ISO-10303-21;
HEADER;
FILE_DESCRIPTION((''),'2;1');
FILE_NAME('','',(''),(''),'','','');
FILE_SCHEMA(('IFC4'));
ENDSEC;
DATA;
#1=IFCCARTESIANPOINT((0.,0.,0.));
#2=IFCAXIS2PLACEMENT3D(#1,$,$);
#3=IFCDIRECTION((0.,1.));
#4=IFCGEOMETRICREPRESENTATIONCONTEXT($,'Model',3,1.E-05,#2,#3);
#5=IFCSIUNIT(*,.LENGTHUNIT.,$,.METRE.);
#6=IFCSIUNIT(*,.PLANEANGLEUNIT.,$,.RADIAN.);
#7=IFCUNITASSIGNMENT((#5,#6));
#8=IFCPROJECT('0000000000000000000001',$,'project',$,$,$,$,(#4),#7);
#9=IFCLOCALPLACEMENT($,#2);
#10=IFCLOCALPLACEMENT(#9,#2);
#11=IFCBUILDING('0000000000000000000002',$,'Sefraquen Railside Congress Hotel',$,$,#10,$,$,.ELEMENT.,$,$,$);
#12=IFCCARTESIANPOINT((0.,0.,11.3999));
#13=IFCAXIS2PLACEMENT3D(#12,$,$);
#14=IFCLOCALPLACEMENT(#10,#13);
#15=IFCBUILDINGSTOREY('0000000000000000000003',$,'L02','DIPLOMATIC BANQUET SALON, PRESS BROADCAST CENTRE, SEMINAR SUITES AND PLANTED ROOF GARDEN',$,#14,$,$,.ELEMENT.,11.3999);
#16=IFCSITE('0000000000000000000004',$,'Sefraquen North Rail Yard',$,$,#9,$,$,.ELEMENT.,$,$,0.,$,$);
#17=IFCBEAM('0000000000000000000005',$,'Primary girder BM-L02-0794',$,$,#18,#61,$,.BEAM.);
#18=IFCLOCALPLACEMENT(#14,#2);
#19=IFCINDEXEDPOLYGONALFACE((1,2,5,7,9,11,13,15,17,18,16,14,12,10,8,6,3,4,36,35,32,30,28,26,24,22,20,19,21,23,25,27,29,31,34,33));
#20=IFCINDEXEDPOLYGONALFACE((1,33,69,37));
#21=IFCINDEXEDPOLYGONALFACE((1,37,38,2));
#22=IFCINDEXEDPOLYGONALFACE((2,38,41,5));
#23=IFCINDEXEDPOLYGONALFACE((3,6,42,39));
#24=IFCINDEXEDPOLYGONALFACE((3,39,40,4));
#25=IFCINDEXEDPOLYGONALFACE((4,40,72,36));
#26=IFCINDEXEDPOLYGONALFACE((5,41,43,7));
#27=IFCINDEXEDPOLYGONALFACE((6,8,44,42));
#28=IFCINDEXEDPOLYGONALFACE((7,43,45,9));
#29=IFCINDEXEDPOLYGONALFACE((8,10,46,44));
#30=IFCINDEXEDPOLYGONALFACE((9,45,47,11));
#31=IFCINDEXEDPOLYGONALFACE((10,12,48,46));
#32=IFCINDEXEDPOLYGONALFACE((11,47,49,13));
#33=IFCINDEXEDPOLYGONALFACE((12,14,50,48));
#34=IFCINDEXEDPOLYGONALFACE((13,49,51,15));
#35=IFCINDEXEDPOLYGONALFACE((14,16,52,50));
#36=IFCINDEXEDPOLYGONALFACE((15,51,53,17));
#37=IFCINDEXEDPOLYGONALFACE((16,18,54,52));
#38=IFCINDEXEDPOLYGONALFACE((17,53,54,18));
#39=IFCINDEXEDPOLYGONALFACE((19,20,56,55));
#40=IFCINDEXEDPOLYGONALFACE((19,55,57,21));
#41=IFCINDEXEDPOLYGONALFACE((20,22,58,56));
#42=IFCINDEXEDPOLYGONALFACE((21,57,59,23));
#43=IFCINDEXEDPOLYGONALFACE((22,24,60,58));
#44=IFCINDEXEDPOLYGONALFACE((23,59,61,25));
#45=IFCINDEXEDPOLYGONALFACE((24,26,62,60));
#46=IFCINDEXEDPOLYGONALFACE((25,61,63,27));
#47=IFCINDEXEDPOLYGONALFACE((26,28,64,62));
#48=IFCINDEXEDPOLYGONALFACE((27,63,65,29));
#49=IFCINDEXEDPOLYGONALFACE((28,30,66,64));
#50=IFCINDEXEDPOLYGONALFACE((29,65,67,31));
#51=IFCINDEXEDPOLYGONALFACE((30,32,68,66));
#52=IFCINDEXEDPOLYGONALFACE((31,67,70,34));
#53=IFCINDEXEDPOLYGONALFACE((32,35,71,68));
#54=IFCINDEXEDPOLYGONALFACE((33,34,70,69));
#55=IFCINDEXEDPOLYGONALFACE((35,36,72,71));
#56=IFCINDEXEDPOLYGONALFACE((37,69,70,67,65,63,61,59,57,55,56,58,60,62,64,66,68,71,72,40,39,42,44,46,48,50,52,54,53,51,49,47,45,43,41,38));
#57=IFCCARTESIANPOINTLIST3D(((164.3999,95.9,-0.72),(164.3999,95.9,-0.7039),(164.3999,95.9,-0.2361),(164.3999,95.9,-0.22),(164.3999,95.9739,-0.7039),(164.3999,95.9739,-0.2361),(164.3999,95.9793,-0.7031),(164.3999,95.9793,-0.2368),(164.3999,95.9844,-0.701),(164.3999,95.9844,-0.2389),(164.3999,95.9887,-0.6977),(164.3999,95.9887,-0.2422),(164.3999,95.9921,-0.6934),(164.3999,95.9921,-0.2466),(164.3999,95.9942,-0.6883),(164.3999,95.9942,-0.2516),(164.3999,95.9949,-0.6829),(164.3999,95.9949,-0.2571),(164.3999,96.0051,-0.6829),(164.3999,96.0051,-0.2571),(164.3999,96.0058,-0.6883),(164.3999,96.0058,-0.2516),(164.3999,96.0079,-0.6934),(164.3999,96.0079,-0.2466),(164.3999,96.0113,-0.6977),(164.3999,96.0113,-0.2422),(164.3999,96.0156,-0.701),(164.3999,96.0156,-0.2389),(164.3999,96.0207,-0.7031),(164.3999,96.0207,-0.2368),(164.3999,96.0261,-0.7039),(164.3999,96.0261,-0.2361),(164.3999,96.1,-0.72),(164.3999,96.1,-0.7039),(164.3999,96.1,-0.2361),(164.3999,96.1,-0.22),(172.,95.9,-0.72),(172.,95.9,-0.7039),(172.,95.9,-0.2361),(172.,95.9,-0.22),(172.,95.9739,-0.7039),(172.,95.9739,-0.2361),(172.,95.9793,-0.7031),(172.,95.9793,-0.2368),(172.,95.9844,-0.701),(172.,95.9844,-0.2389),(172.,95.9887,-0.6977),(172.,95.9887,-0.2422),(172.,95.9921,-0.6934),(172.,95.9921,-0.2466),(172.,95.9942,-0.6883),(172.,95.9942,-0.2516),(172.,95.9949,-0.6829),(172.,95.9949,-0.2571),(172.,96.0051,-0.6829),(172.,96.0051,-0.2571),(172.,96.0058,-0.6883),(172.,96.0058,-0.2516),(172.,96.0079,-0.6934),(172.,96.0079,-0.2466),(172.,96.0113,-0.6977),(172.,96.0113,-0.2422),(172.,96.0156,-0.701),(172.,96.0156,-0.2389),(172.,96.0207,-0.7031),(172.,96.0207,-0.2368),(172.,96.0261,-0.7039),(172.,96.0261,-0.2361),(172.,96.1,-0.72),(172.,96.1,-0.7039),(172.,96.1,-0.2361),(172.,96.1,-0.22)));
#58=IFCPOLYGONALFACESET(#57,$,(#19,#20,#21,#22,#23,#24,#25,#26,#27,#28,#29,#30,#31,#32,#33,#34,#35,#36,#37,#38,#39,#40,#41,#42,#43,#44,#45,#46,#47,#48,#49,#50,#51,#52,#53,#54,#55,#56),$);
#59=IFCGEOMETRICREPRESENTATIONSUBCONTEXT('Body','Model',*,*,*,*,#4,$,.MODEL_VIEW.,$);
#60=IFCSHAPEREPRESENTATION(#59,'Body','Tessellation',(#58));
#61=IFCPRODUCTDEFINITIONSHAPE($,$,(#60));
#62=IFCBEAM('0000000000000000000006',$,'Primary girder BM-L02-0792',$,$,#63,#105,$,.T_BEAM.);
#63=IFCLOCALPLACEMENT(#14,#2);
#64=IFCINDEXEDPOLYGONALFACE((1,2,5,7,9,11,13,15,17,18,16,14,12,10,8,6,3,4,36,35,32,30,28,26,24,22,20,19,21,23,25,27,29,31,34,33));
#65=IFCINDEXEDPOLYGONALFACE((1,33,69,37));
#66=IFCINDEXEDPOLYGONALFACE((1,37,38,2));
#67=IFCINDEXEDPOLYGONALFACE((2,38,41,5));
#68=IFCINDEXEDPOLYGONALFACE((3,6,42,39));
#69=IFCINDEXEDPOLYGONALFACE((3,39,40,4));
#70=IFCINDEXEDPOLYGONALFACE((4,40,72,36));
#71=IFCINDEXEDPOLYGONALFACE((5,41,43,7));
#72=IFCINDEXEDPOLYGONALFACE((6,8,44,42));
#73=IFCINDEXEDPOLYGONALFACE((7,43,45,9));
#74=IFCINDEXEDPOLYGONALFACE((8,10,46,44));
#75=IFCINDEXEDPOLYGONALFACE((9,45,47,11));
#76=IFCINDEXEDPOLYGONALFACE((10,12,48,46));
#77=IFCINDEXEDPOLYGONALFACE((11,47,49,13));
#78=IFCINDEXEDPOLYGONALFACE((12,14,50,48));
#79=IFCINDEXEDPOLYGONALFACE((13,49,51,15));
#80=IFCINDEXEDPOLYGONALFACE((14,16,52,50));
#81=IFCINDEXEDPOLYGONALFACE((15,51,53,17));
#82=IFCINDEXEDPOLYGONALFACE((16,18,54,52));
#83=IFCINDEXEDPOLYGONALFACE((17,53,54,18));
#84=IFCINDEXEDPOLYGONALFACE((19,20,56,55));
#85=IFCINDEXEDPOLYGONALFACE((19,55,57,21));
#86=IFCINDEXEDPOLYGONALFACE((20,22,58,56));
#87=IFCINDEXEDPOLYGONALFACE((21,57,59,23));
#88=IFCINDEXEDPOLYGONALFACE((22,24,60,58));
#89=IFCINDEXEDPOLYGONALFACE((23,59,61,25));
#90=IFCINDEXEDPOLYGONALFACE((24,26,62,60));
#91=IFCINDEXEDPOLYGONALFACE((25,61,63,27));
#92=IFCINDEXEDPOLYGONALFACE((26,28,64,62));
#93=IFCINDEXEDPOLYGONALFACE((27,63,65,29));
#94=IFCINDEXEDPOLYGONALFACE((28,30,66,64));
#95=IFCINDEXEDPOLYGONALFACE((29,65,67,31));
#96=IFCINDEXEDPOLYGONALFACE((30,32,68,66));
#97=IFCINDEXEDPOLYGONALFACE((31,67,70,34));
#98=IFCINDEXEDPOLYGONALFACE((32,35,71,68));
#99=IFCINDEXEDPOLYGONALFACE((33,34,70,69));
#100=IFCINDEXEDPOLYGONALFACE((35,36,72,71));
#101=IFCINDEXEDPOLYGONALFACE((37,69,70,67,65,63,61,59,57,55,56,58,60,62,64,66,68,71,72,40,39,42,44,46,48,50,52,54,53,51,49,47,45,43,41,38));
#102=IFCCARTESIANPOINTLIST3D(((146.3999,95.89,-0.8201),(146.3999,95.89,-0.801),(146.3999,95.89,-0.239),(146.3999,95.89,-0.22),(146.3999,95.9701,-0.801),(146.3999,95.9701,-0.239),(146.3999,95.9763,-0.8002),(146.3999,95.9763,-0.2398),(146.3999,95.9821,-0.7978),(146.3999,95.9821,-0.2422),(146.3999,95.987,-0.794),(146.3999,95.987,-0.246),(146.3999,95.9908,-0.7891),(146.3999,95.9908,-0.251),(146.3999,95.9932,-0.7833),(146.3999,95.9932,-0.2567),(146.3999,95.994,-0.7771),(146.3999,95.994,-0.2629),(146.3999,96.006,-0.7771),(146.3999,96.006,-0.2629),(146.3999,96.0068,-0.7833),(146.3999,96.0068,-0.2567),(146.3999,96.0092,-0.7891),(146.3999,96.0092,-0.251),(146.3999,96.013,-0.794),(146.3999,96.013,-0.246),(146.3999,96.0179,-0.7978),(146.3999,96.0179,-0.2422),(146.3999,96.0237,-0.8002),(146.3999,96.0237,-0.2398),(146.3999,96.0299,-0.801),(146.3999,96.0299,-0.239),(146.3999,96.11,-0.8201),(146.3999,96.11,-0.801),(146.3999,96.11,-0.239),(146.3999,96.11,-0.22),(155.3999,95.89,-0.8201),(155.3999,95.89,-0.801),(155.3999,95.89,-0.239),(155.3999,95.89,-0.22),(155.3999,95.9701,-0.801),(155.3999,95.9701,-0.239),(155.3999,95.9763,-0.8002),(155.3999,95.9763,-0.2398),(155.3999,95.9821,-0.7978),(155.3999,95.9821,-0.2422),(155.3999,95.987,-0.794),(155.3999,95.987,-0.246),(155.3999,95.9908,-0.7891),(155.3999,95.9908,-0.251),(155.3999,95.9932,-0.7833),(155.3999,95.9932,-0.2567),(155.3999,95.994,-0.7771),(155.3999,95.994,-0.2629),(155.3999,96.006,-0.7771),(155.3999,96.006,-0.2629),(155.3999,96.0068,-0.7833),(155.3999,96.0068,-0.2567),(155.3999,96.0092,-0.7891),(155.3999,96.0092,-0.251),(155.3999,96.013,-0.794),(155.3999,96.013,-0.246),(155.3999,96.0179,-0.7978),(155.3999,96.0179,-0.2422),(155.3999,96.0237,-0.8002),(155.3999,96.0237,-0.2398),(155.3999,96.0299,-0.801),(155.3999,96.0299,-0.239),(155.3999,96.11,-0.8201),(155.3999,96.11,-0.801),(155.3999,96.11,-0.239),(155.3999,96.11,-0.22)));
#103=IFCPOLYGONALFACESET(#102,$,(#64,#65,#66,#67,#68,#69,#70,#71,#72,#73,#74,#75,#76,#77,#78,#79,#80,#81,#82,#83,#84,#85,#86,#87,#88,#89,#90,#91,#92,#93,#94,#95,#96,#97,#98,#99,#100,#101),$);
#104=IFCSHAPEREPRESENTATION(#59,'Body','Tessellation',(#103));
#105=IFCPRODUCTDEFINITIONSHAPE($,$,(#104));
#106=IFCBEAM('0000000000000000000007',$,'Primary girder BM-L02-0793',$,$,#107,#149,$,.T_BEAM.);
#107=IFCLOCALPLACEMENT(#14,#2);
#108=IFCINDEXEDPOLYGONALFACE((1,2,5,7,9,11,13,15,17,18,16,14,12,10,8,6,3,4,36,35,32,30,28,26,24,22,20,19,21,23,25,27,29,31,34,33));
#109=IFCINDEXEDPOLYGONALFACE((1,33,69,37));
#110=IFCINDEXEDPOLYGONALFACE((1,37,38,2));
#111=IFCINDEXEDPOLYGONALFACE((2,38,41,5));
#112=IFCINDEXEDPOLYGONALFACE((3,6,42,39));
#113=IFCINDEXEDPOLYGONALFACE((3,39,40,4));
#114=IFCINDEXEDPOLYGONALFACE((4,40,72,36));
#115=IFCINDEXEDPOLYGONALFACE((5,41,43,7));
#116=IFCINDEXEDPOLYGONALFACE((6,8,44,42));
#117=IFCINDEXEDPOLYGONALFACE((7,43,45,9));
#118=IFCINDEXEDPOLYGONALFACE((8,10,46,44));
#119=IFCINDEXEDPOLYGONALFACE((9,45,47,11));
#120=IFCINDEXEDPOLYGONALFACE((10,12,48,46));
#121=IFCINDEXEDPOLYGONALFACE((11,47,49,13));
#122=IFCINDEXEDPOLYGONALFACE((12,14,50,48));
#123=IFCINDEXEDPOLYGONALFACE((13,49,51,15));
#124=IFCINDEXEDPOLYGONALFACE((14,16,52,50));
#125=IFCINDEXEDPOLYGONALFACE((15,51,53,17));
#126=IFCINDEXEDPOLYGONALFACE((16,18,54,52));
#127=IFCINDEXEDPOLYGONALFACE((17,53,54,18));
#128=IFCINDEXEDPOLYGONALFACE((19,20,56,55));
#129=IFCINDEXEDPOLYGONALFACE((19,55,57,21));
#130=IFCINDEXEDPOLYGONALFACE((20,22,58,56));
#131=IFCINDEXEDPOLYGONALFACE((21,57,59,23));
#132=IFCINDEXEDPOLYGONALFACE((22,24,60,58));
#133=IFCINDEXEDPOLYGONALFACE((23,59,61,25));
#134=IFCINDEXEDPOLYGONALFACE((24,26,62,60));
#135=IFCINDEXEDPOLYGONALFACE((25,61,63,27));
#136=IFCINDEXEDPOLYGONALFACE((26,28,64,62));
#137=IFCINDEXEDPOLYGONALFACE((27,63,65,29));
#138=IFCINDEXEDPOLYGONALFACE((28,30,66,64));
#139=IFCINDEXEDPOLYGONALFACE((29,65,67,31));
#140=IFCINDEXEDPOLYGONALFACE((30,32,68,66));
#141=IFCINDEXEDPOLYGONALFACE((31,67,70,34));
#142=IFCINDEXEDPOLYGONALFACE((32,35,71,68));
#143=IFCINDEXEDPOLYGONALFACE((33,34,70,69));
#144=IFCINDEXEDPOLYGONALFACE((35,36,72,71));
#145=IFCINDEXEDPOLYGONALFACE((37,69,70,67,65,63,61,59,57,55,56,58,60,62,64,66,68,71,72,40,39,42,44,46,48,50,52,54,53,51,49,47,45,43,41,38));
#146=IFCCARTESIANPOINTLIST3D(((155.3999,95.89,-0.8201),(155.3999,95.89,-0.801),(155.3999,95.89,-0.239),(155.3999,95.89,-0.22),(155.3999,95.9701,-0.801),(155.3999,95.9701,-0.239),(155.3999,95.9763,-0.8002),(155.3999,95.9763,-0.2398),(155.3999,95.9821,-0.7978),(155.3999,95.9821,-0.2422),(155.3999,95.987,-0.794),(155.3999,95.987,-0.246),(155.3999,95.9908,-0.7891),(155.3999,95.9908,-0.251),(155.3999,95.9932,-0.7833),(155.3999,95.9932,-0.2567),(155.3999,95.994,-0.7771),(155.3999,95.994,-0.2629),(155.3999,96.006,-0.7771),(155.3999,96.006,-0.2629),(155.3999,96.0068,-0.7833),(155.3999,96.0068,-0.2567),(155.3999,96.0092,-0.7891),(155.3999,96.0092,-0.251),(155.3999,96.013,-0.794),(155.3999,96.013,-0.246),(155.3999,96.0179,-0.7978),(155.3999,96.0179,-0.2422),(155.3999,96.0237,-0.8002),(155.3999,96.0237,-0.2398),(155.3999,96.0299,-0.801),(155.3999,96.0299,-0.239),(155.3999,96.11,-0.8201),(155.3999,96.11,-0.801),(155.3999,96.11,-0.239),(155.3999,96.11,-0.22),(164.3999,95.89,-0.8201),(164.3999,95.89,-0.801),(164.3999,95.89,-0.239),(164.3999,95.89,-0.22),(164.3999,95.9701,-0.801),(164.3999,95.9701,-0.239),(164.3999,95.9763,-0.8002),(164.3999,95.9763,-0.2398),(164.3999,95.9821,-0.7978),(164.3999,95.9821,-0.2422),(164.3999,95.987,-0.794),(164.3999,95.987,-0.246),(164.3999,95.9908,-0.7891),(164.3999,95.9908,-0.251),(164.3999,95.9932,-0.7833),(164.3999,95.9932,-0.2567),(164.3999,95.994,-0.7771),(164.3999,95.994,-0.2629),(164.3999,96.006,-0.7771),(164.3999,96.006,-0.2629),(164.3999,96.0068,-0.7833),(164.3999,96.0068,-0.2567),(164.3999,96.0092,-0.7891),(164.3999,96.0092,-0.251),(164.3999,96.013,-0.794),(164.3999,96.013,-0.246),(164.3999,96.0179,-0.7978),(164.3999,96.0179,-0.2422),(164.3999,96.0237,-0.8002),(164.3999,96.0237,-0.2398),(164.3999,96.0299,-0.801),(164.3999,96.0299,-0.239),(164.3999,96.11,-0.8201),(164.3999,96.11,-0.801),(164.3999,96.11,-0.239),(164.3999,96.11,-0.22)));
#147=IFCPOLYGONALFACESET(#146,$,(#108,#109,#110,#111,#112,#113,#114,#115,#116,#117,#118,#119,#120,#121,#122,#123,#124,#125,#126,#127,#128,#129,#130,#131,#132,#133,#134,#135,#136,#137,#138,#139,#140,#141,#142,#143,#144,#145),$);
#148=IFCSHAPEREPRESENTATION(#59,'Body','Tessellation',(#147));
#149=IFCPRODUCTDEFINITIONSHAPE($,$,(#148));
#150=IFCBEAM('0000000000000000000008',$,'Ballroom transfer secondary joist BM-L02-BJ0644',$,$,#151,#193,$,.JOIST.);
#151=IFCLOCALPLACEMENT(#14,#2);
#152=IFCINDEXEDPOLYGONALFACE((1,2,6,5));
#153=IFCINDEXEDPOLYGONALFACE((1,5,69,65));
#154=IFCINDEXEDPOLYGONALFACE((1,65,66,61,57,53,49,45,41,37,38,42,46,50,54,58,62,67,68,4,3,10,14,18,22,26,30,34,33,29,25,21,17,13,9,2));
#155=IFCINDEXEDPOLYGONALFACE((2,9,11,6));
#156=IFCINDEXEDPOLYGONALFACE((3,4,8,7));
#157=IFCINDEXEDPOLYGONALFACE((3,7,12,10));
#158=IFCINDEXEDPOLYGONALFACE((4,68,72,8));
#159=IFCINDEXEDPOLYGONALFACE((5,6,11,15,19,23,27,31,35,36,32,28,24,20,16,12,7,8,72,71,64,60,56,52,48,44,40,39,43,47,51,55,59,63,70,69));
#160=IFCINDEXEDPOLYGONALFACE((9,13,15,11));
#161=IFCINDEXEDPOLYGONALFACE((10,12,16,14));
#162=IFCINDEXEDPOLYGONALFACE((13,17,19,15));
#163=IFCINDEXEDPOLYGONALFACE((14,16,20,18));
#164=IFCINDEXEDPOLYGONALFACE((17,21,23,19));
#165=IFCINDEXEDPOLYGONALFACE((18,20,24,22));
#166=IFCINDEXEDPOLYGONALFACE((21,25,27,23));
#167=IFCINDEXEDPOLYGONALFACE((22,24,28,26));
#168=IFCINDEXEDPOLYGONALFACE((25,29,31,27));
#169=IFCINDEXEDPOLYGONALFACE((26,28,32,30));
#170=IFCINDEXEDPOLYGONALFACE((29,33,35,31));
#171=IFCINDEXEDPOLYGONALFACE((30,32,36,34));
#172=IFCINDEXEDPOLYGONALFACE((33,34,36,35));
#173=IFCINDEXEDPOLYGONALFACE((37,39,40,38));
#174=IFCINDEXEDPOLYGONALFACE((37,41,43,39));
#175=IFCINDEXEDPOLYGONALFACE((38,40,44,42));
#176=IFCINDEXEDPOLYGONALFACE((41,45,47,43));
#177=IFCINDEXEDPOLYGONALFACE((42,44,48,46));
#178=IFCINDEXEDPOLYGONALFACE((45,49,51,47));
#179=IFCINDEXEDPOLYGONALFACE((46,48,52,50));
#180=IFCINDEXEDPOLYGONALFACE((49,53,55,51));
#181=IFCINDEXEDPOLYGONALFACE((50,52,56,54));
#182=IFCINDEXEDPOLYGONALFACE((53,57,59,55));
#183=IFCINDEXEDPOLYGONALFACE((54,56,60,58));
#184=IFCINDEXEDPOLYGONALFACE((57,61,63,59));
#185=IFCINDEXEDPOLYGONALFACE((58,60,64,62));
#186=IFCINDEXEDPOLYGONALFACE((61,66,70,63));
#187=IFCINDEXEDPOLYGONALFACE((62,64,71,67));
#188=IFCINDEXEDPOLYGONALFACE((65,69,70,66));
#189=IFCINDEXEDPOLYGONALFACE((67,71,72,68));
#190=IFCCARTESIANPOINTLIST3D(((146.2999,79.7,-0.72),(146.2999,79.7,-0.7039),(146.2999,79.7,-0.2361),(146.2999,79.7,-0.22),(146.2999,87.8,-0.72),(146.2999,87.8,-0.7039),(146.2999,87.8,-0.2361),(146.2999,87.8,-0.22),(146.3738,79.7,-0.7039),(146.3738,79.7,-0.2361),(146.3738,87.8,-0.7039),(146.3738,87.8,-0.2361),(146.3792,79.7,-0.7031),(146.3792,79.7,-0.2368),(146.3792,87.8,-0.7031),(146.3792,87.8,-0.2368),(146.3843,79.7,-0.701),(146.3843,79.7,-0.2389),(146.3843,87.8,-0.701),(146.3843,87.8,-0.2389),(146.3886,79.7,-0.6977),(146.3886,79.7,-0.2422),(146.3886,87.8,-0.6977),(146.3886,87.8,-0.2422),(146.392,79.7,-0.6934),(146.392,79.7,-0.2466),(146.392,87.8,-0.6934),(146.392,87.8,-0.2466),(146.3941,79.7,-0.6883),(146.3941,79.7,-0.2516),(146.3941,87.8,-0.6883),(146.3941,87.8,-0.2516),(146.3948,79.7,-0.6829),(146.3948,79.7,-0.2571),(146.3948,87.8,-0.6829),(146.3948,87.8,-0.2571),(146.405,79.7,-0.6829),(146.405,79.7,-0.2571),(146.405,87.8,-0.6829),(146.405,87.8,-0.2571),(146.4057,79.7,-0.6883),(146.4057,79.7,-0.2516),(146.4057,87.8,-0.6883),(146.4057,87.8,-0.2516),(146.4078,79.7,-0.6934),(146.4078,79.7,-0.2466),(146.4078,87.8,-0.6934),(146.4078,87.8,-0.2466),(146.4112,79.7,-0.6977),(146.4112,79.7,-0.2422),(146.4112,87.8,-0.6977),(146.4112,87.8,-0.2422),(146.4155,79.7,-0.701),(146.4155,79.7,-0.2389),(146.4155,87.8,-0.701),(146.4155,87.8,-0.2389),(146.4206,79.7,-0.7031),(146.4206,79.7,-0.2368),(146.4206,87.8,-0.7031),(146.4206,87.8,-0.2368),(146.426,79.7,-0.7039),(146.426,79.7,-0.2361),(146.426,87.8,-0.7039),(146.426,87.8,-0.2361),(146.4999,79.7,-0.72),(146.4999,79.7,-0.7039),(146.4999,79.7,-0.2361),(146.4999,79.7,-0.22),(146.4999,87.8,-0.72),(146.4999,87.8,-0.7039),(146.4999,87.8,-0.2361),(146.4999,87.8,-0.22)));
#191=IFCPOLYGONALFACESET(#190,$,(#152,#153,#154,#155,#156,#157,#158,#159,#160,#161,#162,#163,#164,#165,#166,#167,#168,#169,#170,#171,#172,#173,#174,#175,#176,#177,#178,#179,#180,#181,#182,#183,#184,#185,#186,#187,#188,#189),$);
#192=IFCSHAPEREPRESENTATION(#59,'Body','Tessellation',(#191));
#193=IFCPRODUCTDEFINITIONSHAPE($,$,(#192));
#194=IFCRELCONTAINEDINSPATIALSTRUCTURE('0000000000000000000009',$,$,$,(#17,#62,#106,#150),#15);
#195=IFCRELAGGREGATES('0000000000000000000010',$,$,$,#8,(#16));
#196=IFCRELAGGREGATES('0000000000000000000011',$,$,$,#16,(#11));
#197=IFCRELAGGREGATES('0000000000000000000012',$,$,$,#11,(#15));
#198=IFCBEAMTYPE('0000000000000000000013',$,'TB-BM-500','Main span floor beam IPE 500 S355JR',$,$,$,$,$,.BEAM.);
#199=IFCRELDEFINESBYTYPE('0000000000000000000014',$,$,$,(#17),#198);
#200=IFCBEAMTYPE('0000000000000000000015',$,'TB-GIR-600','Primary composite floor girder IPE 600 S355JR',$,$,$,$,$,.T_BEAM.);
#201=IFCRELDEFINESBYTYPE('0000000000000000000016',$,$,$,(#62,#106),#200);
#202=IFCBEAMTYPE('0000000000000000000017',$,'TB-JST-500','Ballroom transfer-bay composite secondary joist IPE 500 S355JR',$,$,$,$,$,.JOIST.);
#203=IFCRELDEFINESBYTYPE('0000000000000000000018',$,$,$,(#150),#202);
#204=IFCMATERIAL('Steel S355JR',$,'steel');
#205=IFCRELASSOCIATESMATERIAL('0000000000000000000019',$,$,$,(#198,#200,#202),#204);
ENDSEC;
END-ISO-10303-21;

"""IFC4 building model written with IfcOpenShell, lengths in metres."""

from ifc_helpers import new_model, si_unit, direction, frame, origin, origin_2d, place, context, subcontext, project, spatial, i_section, extrude, material, material_profile, profile_set, type_object, element, save


model = new_model("IFC4")

# Units and contexts
model_context = context("Model", 3, precision=1e-05, world=origin(), true_north=direction((0.0, 1.0)))
body_context = subcontext(model_context, "Body", "Model", "MODEL_VIEW")
ifc_project = project(units=[si_unit("LENGTHUNIT", "METRE"), si_unit("PLANEANGLEUNIT", "RADIAN")], contexts=[model_context])

# Site, building, storey
site_placement = place(None, origin())
site = spatial("IfcSite", under=ifc_project, at=site_placement, Name="Sefraquen North Rail Yard", CompositionType="ELEMENT", RefElevation=0.0)
building_placement = place(site_placement, origin())
building = spatial("IfcBuilding", under=site, at=building_placement, Name="Sefraquen Railside Congress Hotel", CompositionType="ELEMENT")
storey_placement = place(building_placement, frame((0.0, 0.0, 11.3999)))
storey = spatial("IfcBuildingStorey", under=building, at=storey_placement, Name="L02", Description="DIPLOMATIC BANQUET SALON, PRESS BROADCAST CENTRE, SEMINAR SUITES AND PLANTED ROOF GARDEN", CompositionType="ELEMENT", Elevation=11.3999)

# Shared definitions
ifc_material_1 = material(Name="Steel S355JR", Category="steel")

# Beams
ifc_material_profile_1 = material_profile(ifc_material_1, i_section(OverallWidth=0.2, OverallDepth=0.5, WebThickness=0.0103, FlangeThickness=0.0161, FilletRadius=0.021, at=origin_2d()), Name="IPE 500")
ifc_profile_set_1 = profile_set([ifc_material_profile_1], Name="Steel S355JR")
beam_type_1 = type_object("IfcBeamType", Name="TB-BM-500", Description="Main span floor beam IPE 500 S355JR", PredefinedType="BEAM", material=ifc_profile_set_1)
beam_placement = place(storey_placement, frame((164.3999, 96.0, -0.47), z_axis=(1.0, 0.0, 0.0), x_axis=(0.0, 1.0, 0.0)))
element("IfcBeam", 1, at=beam_placement, inside=storey, type_object=beam_type_1, Name="Primary girder BM-L02-0794", PredefinedType="BEAM", context=body_context, shape_type="SweptSolid", body=[
    extrude(i_section(OverallWidth=0.2, OverallDepth=0.5, WebThickness=0.0103, FlangeThickness=0.0161, FilletRadius=0.021, at=origin_2d()), origin(), (0.0, 0.0, 1.0), 7.6001),
])
ifc_material_profile_2 = material_profile(ifc_material_1, i_section(OverallWidth=0.22, OverallDepth=0.6001, WebThickness=0.012, FlangeThickness=0.019, FilletRadius=0.0239, at=origin_2d()), Name="IPE 600")
ifc_profile_set_2 = profile_set([ifc_material_profile_2], Name="Steel S355JR")
beam_type_2 = type_object("IfcBeamType", Name="TB-GIR-600", Description="Primary composite floor girder IPE 600 S355JR", PredefinedType="T_BEAM", material=ifc_profile_set_2)
for number, where, z_axis, x_axis, name in (
    (2, (146.3999, 96.0, -0.52), (1.0, 0.0, 0.0), (0.0, 1.0, 0.0), "Primary girder BM-L02-0792"),
    (3, (155.3999, 96.0, -0.52), (1.0, 0.0, 0.0), (0.0, 1.0, 0.0), "Primary girder BM-L02-0793"),
):
    element("IfcBeam", number, at=place(storey_placement, frame(where, z_axis=z_axis, x_axis=x_axis)), inside=storey, type_object=beam_type_2, Name=name, PredefinedType="T_BEAM", context=body_context, shape_type="SweptSolid", body=[
        extrude(i_section(OverallWidth=0.22, OverallDepth=0.6001, WebThickness=0.012, FlangeThickness=0.019, FilletRadius=0.0239, at=origin_2d()), origin(), (0.0, 0.0, 1.0), 9.0),
    ])
ifc_material_profile_3 = material_profile(ifc_material_1, i_section(OverallWidth=0.2, OverallDepth=0.5, WebThickness=0.0103, FlangeThickness=0.0161, FilletRadius=0.021, at=origin_2d()), Name="IPE 500")
ifc_profile_set_3 = profile_set([ifc_material_profile_3], Name="Steel S355JR")
beam_type_3 = type_object("IfcBeamType", Name="TB-JST-500", Description="Ballroom transfer-bay composite secondary joist IPE 500 S355JR", PredefinedType="JOIST", material=ifc_profile_set_3)
for number, where, z_axis, x_axis, name in (
    (4, (146.3999, 79.7, -0.47), (0.0, 1.0, 0.0), (-1.0, 0.0, 0.0), "Ballroom transfer secondary joist BM-L02-BJ0644"),
):
    element("IfcBeam", number, at=place(storey_placement, frame(where, z_axis=z_axis, x_axis=x_axis)), inside=storey, type_object=beam_type_3, Name=name, PredefinedType="JOIST", context=body_context, shape_type="SweptSolid", body=[
        extrude(i_section(OverallWidth=0.2, OverallDepth=0.5, WebThickness=0.0103, FlangeThickness=0.0161, FilletRadius=0.021, at=origin_2d()), origin(), (0.0, 0.0, 1.0), 8.1001),
    ])

save(model, "model.ifc")
